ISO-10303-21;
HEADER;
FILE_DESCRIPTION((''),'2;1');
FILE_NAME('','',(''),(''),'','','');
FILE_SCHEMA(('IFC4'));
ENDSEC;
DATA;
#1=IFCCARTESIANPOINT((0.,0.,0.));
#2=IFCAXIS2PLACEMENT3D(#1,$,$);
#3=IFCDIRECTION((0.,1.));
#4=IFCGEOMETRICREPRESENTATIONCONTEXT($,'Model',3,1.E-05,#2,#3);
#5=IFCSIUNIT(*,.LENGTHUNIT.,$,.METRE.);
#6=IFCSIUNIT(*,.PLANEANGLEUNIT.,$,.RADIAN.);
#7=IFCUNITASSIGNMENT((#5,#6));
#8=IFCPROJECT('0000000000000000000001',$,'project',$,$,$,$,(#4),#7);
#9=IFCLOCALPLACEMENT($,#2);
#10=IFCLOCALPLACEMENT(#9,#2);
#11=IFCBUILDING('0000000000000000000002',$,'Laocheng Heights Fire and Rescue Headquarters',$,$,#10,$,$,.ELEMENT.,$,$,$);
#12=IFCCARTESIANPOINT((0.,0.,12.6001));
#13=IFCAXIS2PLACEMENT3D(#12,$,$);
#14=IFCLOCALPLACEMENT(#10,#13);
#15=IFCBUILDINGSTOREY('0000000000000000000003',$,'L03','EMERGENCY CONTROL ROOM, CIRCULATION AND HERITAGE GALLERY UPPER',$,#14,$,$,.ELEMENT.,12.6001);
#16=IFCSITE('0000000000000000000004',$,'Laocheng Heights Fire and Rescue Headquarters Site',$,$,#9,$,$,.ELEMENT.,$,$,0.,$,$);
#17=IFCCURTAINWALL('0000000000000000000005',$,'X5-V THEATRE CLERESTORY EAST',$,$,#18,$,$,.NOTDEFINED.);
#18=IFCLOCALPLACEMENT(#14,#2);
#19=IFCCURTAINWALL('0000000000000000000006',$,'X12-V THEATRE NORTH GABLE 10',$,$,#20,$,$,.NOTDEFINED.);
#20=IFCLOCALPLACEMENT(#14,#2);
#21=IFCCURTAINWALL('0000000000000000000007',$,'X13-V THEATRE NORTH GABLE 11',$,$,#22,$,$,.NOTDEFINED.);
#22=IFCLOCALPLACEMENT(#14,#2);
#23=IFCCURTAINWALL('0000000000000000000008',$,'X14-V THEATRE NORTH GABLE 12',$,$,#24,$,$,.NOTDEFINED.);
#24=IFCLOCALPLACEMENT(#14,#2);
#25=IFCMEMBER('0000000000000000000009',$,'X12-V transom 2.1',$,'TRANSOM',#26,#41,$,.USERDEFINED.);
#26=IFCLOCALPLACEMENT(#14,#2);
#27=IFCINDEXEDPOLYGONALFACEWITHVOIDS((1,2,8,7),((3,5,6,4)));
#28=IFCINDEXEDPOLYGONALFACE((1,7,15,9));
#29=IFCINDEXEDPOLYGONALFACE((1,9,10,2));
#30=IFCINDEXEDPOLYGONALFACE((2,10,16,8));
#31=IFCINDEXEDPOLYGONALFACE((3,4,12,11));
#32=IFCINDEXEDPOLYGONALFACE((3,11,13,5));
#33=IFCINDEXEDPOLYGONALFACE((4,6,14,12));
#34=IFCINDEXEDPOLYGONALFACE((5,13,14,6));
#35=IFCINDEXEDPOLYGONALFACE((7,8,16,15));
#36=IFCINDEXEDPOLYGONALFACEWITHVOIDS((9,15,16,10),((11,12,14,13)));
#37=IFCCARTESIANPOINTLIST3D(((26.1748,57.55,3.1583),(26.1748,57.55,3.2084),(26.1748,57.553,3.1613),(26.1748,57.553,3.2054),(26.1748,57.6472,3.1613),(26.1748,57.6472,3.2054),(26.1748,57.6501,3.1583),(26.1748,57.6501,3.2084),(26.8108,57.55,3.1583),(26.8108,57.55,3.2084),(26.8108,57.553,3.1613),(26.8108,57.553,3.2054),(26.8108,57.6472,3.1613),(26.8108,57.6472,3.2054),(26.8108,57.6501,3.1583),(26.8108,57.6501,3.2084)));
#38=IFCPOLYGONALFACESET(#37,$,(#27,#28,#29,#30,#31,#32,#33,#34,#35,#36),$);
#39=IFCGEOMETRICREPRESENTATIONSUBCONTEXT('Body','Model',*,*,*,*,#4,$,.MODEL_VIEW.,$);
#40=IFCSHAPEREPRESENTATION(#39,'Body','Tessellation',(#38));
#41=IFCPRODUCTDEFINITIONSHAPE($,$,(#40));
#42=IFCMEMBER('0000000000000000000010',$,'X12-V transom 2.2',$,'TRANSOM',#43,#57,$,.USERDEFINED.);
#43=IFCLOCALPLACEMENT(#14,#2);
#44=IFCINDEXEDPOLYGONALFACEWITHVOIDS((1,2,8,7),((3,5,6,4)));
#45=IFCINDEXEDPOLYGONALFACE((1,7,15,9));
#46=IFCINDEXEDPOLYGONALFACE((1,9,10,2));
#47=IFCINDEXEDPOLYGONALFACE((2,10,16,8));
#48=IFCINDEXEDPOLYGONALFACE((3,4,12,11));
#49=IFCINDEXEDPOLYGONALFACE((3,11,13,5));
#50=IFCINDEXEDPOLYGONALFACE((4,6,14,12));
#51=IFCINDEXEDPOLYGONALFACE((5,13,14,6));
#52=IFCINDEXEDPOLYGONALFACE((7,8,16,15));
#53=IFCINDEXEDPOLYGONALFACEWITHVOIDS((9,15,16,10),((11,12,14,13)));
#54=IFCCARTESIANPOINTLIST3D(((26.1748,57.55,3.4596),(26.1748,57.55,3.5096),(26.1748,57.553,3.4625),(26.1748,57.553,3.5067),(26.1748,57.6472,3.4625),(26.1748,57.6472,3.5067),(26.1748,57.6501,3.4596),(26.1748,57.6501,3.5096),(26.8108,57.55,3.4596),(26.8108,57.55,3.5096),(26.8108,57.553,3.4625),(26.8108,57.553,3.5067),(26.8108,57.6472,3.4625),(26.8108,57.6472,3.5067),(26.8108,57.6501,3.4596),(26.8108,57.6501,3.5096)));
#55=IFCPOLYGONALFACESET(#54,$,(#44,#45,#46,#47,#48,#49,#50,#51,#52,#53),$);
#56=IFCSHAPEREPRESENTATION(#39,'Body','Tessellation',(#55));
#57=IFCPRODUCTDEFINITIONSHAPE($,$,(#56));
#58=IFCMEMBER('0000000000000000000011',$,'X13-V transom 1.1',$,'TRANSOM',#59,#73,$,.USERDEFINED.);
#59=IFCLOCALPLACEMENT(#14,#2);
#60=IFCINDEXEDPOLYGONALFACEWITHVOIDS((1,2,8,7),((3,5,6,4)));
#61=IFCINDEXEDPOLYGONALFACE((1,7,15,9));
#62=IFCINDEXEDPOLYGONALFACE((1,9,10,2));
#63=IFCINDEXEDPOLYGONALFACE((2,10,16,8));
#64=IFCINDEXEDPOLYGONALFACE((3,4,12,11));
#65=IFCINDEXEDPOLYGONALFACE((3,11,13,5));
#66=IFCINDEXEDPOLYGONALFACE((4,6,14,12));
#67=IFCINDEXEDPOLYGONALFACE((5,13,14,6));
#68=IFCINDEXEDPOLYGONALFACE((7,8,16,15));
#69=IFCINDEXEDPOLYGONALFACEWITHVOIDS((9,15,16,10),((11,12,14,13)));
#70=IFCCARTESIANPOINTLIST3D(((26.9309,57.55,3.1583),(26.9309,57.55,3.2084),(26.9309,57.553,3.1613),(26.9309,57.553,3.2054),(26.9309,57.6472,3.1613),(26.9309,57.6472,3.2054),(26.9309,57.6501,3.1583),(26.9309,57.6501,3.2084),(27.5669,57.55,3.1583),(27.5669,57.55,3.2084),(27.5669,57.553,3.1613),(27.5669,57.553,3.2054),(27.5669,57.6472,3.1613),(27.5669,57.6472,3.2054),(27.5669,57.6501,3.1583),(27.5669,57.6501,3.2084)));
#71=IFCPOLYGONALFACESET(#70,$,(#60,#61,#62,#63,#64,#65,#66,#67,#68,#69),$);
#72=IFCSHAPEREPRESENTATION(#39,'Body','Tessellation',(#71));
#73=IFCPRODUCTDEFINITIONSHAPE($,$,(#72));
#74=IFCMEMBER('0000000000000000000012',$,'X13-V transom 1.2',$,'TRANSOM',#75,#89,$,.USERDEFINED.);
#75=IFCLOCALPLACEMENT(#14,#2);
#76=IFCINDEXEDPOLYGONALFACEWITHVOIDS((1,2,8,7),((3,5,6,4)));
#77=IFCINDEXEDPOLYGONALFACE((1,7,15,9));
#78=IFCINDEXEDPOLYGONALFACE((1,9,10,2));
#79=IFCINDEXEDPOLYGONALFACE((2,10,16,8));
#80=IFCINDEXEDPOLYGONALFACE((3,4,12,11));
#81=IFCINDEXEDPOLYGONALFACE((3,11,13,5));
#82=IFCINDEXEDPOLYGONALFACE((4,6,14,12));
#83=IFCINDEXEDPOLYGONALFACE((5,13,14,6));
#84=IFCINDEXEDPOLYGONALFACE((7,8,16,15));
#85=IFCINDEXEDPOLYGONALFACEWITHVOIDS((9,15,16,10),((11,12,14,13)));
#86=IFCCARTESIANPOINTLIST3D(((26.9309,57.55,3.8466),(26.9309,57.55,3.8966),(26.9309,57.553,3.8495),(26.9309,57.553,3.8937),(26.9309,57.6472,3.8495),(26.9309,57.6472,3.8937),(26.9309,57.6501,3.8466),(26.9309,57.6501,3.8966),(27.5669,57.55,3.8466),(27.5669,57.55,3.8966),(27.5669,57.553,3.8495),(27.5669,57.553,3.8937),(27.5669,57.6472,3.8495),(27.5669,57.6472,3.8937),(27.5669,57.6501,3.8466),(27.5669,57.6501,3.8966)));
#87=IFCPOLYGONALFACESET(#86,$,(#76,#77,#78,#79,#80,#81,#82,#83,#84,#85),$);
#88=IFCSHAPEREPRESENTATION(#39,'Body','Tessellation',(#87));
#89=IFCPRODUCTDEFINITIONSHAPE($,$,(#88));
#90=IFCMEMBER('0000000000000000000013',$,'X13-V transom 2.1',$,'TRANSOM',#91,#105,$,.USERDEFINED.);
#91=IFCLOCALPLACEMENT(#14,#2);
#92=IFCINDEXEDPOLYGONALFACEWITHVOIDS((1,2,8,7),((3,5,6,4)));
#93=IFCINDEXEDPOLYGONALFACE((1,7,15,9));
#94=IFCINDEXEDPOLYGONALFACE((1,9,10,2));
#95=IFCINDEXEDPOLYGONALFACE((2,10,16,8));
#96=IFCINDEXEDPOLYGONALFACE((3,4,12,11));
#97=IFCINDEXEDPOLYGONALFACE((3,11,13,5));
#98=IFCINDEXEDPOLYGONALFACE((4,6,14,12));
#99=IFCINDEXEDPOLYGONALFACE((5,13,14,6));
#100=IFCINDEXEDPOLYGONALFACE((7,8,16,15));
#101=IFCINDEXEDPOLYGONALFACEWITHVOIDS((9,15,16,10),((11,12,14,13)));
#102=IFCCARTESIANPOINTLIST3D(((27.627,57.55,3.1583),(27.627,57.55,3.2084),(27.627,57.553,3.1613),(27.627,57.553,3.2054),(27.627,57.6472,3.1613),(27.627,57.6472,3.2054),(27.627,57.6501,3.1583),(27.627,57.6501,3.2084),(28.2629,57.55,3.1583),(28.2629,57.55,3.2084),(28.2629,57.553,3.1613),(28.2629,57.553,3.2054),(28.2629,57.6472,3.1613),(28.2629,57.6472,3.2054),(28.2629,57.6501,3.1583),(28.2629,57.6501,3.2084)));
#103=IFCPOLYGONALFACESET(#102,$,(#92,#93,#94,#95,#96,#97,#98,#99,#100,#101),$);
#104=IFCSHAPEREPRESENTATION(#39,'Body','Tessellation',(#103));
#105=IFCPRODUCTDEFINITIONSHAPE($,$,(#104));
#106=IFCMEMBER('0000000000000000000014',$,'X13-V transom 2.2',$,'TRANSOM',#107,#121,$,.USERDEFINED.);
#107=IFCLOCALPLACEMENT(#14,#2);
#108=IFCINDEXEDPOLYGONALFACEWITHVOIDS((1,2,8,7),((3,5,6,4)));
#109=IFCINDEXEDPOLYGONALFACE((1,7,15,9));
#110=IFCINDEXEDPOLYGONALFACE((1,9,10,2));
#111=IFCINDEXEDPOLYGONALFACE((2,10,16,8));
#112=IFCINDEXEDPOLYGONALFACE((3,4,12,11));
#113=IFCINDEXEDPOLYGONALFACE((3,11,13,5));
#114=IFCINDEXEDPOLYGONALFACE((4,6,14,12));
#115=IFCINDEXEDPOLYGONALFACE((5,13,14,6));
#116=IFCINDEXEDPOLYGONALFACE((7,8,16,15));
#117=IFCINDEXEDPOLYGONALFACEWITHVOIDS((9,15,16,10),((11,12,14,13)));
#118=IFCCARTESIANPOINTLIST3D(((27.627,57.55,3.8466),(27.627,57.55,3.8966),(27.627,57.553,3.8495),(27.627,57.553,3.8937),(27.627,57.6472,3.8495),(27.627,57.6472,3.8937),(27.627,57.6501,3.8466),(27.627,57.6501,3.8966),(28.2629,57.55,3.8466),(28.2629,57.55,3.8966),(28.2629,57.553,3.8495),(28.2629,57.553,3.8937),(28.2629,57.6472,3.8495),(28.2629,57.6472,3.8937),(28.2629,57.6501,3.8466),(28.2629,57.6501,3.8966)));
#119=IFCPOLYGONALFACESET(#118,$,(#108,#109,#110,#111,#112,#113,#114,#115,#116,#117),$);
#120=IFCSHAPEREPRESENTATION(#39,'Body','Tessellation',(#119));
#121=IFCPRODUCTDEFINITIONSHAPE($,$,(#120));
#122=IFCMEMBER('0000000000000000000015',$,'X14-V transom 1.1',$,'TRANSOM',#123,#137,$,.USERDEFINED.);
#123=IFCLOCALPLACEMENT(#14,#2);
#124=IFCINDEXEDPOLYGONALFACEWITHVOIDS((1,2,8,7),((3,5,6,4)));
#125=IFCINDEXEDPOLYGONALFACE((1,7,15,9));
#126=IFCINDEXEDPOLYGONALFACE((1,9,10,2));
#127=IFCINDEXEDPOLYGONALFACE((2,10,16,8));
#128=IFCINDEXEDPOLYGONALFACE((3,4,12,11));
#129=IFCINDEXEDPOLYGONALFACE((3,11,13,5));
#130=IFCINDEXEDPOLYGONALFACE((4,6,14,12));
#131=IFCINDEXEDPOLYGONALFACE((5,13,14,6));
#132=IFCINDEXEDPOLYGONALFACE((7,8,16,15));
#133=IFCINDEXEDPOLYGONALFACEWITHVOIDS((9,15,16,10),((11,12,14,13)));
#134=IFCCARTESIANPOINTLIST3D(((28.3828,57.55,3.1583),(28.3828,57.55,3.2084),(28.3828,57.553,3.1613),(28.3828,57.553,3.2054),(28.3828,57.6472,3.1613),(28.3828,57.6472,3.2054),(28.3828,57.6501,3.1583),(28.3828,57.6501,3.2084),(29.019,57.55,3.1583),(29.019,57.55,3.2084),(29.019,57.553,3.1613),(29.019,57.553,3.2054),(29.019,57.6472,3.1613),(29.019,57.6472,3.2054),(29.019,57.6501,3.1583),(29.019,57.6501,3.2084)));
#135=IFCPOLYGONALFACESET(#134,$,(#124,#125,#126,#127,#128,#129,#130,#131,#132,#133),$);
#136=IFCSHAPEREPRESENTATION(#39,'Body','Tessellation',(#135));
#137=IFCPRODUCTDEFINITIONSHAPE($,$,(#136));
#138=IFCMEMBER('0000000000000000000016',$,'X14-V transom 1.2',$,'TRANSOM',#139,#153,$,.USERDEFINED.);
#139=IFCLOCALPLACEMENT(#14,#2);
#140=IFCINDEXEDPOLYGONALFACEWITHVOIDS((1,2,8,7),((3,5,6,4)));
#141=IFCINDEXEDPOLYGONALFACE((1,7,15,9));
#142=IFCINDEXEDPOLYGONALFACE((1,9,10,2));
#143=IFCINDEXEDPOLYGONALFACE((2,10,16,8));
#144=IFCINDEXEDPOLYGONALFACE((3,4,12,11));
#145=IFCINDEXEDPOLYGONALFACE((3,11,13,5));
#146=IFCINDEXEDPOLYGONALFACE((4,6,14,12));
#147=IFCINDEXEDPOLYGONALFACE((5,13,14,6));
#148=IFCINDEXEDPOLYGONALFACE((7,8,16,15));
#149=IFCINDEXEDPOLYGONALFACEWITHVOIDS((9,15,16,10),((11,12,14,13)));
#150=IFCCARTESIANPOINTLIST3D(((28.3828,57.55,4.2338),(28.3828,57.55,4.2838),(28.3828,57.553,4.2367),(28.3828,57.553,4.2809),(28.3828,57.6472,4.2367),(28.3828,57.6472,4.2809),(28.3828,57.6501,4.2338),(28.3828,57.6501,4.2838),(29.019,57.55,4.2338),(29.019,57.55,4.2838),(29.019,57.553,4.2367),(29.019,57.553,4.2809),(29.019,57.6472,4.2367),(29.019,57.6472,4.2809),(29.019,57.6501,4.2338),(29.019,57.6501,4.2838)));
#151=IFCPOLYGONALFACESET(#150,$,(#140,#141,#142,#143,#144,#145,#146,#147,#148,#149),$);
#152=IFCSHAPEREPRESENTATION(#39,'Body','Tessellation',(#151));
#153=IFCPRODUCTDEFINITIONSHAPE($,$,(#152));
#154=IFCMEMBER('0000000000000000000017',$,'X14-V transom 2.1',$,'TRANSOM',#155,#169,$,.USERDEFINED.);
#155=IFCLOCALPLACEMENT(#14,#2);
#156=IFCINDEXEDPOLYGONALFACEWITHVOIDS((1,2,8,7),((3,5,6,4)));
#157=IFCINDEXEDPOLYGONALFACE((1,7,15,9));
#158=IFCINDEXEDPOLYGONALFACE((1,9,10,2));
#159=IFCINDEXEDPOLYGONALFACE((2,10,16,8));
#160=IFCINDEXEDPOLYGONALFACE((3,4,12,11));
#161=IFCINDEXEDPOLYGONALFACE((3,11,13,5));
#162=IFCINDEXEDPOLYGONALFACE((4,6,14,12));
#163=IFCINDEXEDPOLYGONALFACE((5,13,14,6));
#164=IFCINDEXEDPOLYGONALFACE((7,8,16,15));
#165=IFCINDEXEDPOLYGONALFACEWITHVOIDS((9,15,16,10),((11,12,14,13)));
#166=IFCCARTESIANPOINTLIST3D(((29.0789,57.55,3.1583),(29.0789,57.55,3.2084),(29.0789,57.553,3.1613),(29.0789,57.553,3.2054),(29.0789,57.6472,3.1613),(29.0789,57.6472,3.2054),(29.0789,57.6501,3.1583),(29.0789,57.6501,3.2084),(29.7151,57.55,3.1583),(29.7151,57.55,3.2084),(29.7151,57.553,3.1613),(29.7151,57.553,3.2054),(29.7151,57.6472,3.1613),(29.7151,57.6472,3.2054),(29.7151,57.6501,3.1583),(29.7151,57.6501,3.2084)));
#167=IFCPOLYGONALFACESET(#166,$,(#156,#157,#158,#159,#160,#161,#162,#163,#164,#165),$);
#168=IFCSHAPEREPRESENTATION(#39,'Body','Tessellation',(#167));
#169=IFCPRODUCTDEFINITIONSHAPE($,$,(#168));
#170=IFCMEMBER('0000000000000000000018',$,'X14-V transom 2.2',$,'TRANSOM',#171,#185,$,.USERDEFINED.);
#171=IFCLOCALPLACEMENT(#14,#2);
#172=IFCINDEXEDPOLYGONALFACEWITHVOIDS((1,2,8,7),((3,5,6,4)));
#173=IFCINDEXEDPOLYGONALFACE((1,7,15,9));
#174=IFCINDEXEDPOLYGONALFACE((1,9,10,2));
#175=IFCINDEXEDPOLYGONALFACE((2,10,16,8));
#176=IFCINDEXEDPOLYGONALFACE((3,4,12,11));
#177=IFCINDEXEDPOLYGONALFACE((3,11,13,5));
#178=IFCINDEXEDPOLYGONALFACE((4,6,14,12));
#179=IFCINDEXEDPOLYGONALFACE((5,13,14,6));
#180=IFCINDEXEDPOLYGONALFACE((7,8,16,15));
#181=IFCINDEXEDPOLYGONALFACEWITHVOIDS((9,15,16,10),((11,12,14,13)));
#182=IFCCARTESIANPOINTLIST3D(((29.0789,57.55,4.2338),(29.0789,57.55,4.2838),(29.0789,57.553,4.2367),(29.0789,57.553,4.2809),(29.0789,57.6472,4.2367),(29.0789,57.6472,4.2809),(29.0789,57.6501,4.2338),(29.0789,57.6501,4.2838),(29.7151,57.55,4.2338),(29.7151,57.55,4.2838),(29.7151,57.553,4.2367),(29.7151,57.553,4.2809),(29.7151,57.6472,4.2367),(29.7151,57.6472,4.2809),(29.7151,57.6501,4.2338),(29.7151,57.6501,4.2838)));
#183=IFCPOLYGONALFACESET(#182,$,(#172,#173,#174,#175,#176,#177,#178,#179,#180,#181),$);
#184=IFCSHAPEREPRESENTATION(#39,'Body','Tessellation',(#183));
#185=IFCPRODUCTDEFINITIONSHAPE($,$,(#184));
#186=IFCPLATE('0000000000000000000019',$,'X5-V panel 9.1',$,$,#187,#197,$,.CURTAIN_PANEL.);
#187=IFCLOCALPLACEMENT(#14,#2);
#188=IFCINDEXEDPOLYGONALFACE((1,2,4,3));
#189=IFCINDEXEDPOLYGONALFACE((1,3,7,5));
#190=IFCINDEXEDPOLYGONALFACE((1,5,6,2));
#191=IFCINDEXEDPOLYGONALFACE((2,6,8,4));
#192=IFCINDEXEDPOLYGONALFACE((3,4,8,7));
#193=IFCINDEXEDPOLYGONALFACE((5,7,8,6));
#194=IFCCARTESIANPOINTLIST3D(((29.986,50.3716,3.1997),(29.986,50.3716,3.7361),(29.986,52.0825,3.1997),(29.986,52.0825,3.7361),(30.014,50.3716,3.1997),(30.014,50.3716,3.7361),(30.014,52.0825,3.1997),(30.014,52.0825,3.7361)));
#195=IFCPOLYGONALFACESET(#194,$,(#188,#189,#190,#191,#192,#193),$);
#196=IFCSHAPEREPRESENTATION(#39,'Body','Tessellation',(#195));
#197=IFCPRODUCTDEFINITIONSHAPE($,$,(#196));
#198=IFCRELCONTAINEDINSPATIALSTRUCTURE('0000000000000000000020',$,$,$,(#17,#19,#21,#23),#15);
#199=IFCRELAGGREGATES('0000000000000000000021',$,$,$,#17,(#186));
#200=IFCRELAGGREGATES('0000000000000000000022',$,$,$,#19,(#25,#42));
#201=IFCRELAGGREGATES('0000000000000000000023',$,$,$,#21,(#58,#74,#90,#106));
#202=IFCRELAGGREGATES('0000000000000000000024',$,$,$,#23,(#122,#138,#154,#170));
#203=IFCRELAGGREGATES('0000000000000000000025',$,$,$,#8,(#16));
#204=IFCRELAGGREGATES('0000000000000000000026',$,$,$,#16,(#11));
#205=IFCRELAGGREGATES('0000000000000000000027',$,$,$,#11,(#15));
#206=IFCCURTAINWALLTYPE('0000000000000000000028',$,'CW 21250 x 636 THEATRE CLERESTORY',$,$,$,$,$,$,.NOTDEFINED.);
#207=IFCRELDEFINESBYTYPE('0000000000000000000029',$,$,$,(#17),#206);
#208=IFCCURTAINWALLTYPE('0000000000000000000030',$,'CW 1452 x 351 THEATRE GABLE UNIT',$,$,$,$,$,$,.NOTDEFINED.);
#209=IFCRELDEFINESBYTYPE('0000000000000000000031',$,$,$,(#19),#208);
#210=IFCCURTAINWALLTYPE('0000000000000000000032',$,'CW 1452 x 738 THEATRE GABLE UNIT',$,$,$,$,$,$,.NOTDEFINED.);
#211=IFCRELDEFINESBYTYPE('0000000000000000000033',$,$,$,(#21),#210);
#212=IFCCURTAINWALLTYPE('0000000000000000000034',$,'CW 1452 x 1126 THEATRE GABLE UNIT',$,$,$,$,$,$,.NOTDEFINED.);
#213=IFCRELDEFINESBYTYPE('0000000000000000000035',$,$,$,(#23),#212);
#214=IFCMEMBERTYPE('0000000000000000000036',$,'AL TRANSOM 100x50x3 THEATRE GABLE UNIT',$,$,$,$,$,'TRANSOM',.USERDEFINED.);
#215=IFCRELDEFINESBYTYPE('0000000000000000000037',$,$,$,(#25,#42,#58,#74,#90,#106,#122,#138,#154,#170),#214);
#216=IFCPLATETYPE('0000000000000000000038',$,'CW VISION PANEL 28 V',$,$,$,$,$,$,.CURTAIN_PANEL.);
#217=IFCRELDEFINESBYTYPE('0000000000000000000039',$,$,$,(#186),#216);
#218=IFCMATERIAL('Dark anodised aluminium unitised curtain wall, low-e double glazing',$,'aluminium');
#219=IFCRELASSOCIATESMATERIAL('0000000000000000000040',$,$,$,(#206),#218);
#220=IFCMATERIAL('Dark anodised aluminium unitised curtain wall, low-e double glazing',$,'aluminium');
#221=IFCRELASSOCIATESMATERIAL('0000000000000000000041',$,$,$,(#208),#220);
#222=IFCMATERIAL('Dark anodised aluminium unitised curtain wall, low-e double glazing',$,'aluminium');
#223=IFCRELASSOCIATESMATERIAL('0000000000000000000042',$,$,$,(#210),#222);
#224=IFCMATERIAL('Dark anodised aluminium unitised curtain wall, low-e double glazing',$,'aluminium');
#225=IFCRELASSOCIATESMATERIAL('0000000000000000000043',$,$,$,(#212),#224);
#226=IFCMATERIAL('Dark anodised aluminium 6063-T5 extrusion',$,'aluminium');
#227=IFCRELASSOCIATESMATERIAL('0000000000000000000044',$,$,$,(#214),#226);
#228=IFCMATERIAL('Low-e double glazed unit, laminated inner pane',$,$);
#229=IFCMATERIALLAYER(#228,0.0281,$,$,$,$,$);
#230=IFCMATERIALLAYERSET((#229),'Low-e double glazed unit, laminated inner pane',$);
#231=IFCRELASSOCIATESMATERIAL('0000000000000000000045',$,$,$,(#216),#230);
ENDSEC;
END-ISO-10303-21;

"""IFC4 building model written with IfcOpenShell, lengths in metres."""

from ifc_helpers import new_model, si_unit, direction, frame, origin, origin_2d, place, context, subcontext, project, spatial, rectangle, hollow_rectangle, extrude, material, layer, layer_set, material_profile, profile_set, type_object, element, aggregate, save


model = new_model("IFC4")

# Units and contexts
model_context = context("Model", 3, precision=1e-05, world=origin(), true_north=direction((0.0, 1.0)))
body_context = subcontext(model_context, "Body", "Model", "MODEL_VIEW")
ifc_project = project(units=[si_unit("LENGTHUNIT", "METRE"), si_unit("PLANEANGLEUNIT", "RADIAN")], contexts=[model_context])

# Site, building, storey
site_placement = place(None, origin())
site = spatial("IfcSite", under=ifc_project, at=site_placement, Name="Laocheng Heights Fire and Rescue Headquarters Site", CompositionType="ELEMENT", RefElevation=0.0)
building_placement = place(site_placement, origin())
building = spatial("IfcBuilding", under=site, at=building_placement, Name="Laocheng Heights Fire and Rescue Headquarters", CompositionType="ELEMENT")
storey_placement = place(building_placement, frame((0.0, 0.0, 12.6001)))
storey = spatial("IfcBuildingStorey", under=building, at=storey_placement, Name="L03", Description="EMERGENCY CONTROL ROOM, CIRCULATION AND HERITAGE GALLERY UPPER", CompositionType="ELEMENT", Elevation=12.6001)

# Curtain wall
ifc_material_1 = material(Name="Dark anodised aluminium unitised curtain wall, low-e double glazing", Category="aluminium")
curtain_wall_type_1 = type_object("IfcCurtainWallType", Name="CW 21250 x 636 THEATRE CLERESTORY", PredefinedType="NOTDEFINED", material=ifc_material_1)
curtain_wall_1_placement = place(storey_placement, origin())
curtain_wall_1 = element("IfcCurtainWall", 1, at=curtain_wall_1_placement, inside=storey, type_object=curtain_wall_type_1, Name="X5-V THEATRE CLERESTORY EAST", PredefinedType="NOTDEFINED")

# Curtain walls
ifc_material_2 = material(Name="Dark anodised aluminium unitised curtain wall, low-e double glazing", Category="aluminium")
curtain_wall_type_2 = type_object("IfcCurtainWallType", Name="CW 1452 x 351 THEATRE GABLE UNIT", PredefinedType="NOTDEFINED", material=ifc_material_2)
curtain_wall_2_placement = place(storey_placement, origin())
curtain_wall_2 = element("IfcCurtainWall", 2, at=curtain_wall_2_placement, inside=storey, type_object=curtain_wall_type_2, Name="X12-V THEATRE NORTH GABLE 10", PredefinedType="NOTDEFINED")
ifc_material_3 = material(Name="Dark anodised aluminium unitised curtain wall, low-e double glazing", Category="aluminium")
curtain_wall_type_3 = type_object("IfcCurtainWallType", Name="CW 1452 x 738 THEATRE GABLE UNIT", PredefinedType="NOTDEFINED", material=ifc_material_3)
curtain_wall_3_placement = place(storey_placement, origin())
curtain_wall_3 = element("IfcCurtainWall", 3, at=curtain_wall_3_placement, inside=storey, type_object=curtain_wall_type_3, Name="X13-V THEATRE NORTH GABLE 11", PredefinedType="NOTDEFINED")
ifc_material_4 = material(Name="Dark anodised aluminium unitised curtain wall, low-e double glazing", Category="aluminium")
curtain_wall_type_4 = type_object("IfcCurtainWallType", Name="CW 1452 x 1126 THEATRE GABLE UNIT", PredefinedType="NOTDEFINED", material=ifc_material_4)
curtain_wall_4_placement = place(storey_placement, origin())
curtain_wall_4 = element("IfcCurtainWall", 4, at=curtain_wall_4_placement, inside=storey, type_object=curtain_wall_type_4, Name="X14-V THEATRE NORTH GABLE 12", PredefinedType="NOTDEFINED")

# Members
ifc_material_5 = material(Name="Dark anodised aluminium 6063-T5 extrusion", Category="aluminium")
ifc_material_profile_1 = material_profile(ifc_material_5, hollow_rectangle(XDim=0.1001, YDim=0.05, WallThickness=0.0029, at=origin_2d()), Name="AL TRANSOM 100x50x3 THEATRE GABLE UNIT")
ifc_profile_set_1 = profile_set([ifc_material_profile_1], Name="Dark anodised aluminium 6063-T5 extrusion")
member_type_1 = type_object("IfcMemberType", Name="AL TRANSOM 100x50x3 THEATRE GABLE UNIT", ElementType="TRANSOM", PredefinedType="USERDEFINED", material=ifc_profile_set_1)
member_1_placement = place(storey_placement, frame((26.1748, 57.6001, 3.1833), z_axis=(1.0, 0.0, 0.0), x_axis=(0.0, 1.0, 0.0)))
member_1 = element("IfcMember", 5, at=member_1_placement, type_object=member_type_1, Name="X12-V transom 2.1", ObjectType="TRANSOM", PredefinedType="USERDEFINED", context=body_context, shape_type="SweptSolid", body=[
    extrude(hollow_rectangle(XDim=0.1001, YDim=0.05, WallThickness=0.0029, at=origin_2d()), origin(), (0.0, 0.0, 1.0), 0.636),
])
member_2_placement = place(storey_placement, frame((26.1748, 57.6001, 3.4846), z_axis=(1.0, 0.0, 0.0), x_axis=(0.0, 1.0, 0.0)))
member_2 = element("IfcMember", 6, at=member_2_placement, type_object=member_type_1, Name="X12-V transom 2.2", ObjectType="TRANSOM", PredefinedType="USERDEFINED", context=body_context, shape_type="SweptSolid", body=[
    extrude(hollow_rectangle(XDim=0.1001, YDim=0.05, WallThickness=0.0029, at=origin_2d()), origin(), (0.0, 0.0, 1.0), 0.636),
])
member_3_placement = place(storey_placement, frame((26.9309, 57.6001, 3.1833), z_axis=(1.0, 0.0, 0.0), x_axis=(0.0, 1.0, 0.0)))
member_3 = element("IfcMember", 7, at=member_3_placement, type_object=member_type_1, Name="X13-V transom 1.1", ObjectType="TRANSOM", PredefinedType="USERDEFINED", context=body_context, shape_type="SweptSolid", body=[
    extrude(hollow_rectangle(XDim=0.1001, YDim=0.05, WallThickness=0.0029, at=origin_2d()), origin(), (0.0, 0.0, 1.0), 0.636),
])
member_4_placement = place(storey_placement, frame((26.9309, 57.6001, 3.8716), z_axis=(1.0, 0.0, 0.0), x_axis=(0.0, 1.0, 0.0)))
member_4 = element("IfcMember", 8, at=member_4_placement, type_object=member_type_1, Name="X13-V transom 1.2", ObjectType="TRANSOM", PredefinedType="USERDEFINED", context=body_context, shape_type="SweptSolid", body=[
    extrude(hollow_rectangle(XDim=0.1001, YDim=0.05, WallThickness=0.0029, at=origin_2d()), origin(), (0.0, 0.0, 1.0), 0.636),
])
member_5_placement = place(storey_placement, frame((27.627, 57.6001, 3.1833), z_axis=(1.0, 0.0, 0.0), x_axis=(0.0, 1.0, 0.0)))
member_5 = element("IfcMember", 9, at=member_5_placement, type_object=member_type_1, Name="X13-V transom 2.1", ObjectType="TRANSOM", PredefinedType="USERDEFINED", context=body_context, shape_type="SweptSolid", body=[
    extrude(hollow_rectangle(XDim=0.1001, YDim=0.05, WallThickness=0.0029, at=origin_2d()), origin(), (0.0, 0.0, 1.0), 0.636),
])
member_6_placement = place(storey_placement, frame((27.627, 57.6001, 3.8716), z_axis=(1.0, 0.0, 0.0), x_axis=(0.0, 1.0, 0.0)))
member_6 = element("IfcMember", 10, at=member_6_placement, type_object=member_type_1, Name="X13-V transom 2.2", ObjectType="TRANSOM", PredefinedType="USERDEFINED", context=body_context, shape_type="SweptSolid", body=[
    extrude(hollow_rectangle(XDim=0.1001, YDim=0.05, WallThickness=0.0029, at=origin_2d()), origin(), (0.0, 0.0, 1.0), 0.636),
])
member_7_placement = place(storey_placement, frame((28.3828, 57.6001, 3.1833), z_axis=(1.0, 0.0, 0.0), x_axis=(0.0, 1.0, 0.0)))
member_7 = element("IfcMember", 11, at=member_7_placement, type_object=member_type_1, Name="X14-V transom 1.1", ObjectType="TRANSOM", PredefinedType="USERDEFINED", context=body_context, shape_type="SweptSolid", body=[
    extrude(hollow_rectangle(XDim=0.1001, YDim=0.05, WallThickness=0.0029, at=origin_2d()), origin(), (0.0, 0.0, 1.0), 0.6362),
])
member_8_placement = place(storey_placement, frame((28.3828, 57.6001, 4.2588), z_axis=(1.0, 0.0, 0.0), x_axis=(0.0, 1.0, 0.0)))
member_8 = element("IfcMember", 12, at=member_8_placement, type_object=member_type_1, Name="X14-V transom 1.2", ObjectType="TRANSOM", PredefinedType="USERDEFINED", context=body_context, shape_type="SweptSolid", body=[
    extrude(hollow_rectangle(XDim=0.1001, YDim=0.05, WallThickness=0.0029, at=origin_2d()), origin(), (0.0, 0.0, 1.0), 0.6362),
])
member_9_placement = place(storey_placement, frame((29.0789, 57.6001, 3.1833), z_axis=(1.0, 0.0, 0.0), x_axis=(0.0, 1.0, 0.0)))
member_9 = element("IfcMember", 13, at=member_9_placement, type_object=member_type_1, Name="X14-V transom 2.1", ObjectType="TRANSOM", PredefinedType="USERDEFINED", context=body_context, shape_type="SweptSolid", body=[
    extrude(hollow_rectangle(XDim=0.1001, YDim=0.05, WallThickness=0.0029, at=origin_2d()), origin(), (0.0, 0.0, 1.0), 0.6362),
])
member_10_placement = place(storey_placement, frame((29.0789, 57.6001, 4.2588), z_axis=(1.0, 0.0, 0.0), x_axis=(0.0, 1.0, 0.0)))
member_10 = element("IfcMember", 14, at=member_10_placement, type_object=member_type_1, Name="X14-V transom 2.2", ObjectType="TRANSOM", PredefinedType="USERDEFINED", context=body_context, shape_type="SweptSolid", body=[
    extrude(hollow_rectangle(XDim=0.1001, YDim=0.05, WallThickness=0.0029, at=origin_2d()), origin(), (0.0, 0.0, 1.0), 0.6362),
])

# Plate
ifc_material_6 = material(Name="Low-e double glazed unit, laminated inner pane")
ifc_layer = layer(ifc_material_6, 0.0281)
ifc_layer_set = layer_set([ifc_layer], Name="Low-e double glazed unit, laminated inner pane")
plate_type = type_object("IfcPlateType", Name="CW VISION PANEL 28 V", PredefinedType="CURTAIN_PANEL", material=ifc_layer_set)
plate_1_placement = place(storey_placement, frame((30.0, 51.2271, 3.1997), z_axis=(0.0, 0.0, 1.0), x_axis=(0.0, 1.0, 0.0)))
plate_1 = element("IfcPlate", 15, at=plate_1_placement, type_object=plate_type, Name="X5-V panel 9.1", PredefinedType="CURTAIN_PANEL", context=body_context, shape_type="SweptSolid", body=[
    extrude(rectangle(XDim=1.7109, YDim=0.0281, at=origin_2d()), origin(), (0.0, 0.0, 1.0), 0.5364),
])
aggregate(curtain_wall_1, [plate_1])
aggregate(curtain_wall_2, [member_1, member_2])
aggregate(curtain_wall_3, [member_3, member_4, member_5, member_6])
aggregate(curtain_wall_4, [member_7, member_8, member_9, member_10])

save(model, "model.ifc")
